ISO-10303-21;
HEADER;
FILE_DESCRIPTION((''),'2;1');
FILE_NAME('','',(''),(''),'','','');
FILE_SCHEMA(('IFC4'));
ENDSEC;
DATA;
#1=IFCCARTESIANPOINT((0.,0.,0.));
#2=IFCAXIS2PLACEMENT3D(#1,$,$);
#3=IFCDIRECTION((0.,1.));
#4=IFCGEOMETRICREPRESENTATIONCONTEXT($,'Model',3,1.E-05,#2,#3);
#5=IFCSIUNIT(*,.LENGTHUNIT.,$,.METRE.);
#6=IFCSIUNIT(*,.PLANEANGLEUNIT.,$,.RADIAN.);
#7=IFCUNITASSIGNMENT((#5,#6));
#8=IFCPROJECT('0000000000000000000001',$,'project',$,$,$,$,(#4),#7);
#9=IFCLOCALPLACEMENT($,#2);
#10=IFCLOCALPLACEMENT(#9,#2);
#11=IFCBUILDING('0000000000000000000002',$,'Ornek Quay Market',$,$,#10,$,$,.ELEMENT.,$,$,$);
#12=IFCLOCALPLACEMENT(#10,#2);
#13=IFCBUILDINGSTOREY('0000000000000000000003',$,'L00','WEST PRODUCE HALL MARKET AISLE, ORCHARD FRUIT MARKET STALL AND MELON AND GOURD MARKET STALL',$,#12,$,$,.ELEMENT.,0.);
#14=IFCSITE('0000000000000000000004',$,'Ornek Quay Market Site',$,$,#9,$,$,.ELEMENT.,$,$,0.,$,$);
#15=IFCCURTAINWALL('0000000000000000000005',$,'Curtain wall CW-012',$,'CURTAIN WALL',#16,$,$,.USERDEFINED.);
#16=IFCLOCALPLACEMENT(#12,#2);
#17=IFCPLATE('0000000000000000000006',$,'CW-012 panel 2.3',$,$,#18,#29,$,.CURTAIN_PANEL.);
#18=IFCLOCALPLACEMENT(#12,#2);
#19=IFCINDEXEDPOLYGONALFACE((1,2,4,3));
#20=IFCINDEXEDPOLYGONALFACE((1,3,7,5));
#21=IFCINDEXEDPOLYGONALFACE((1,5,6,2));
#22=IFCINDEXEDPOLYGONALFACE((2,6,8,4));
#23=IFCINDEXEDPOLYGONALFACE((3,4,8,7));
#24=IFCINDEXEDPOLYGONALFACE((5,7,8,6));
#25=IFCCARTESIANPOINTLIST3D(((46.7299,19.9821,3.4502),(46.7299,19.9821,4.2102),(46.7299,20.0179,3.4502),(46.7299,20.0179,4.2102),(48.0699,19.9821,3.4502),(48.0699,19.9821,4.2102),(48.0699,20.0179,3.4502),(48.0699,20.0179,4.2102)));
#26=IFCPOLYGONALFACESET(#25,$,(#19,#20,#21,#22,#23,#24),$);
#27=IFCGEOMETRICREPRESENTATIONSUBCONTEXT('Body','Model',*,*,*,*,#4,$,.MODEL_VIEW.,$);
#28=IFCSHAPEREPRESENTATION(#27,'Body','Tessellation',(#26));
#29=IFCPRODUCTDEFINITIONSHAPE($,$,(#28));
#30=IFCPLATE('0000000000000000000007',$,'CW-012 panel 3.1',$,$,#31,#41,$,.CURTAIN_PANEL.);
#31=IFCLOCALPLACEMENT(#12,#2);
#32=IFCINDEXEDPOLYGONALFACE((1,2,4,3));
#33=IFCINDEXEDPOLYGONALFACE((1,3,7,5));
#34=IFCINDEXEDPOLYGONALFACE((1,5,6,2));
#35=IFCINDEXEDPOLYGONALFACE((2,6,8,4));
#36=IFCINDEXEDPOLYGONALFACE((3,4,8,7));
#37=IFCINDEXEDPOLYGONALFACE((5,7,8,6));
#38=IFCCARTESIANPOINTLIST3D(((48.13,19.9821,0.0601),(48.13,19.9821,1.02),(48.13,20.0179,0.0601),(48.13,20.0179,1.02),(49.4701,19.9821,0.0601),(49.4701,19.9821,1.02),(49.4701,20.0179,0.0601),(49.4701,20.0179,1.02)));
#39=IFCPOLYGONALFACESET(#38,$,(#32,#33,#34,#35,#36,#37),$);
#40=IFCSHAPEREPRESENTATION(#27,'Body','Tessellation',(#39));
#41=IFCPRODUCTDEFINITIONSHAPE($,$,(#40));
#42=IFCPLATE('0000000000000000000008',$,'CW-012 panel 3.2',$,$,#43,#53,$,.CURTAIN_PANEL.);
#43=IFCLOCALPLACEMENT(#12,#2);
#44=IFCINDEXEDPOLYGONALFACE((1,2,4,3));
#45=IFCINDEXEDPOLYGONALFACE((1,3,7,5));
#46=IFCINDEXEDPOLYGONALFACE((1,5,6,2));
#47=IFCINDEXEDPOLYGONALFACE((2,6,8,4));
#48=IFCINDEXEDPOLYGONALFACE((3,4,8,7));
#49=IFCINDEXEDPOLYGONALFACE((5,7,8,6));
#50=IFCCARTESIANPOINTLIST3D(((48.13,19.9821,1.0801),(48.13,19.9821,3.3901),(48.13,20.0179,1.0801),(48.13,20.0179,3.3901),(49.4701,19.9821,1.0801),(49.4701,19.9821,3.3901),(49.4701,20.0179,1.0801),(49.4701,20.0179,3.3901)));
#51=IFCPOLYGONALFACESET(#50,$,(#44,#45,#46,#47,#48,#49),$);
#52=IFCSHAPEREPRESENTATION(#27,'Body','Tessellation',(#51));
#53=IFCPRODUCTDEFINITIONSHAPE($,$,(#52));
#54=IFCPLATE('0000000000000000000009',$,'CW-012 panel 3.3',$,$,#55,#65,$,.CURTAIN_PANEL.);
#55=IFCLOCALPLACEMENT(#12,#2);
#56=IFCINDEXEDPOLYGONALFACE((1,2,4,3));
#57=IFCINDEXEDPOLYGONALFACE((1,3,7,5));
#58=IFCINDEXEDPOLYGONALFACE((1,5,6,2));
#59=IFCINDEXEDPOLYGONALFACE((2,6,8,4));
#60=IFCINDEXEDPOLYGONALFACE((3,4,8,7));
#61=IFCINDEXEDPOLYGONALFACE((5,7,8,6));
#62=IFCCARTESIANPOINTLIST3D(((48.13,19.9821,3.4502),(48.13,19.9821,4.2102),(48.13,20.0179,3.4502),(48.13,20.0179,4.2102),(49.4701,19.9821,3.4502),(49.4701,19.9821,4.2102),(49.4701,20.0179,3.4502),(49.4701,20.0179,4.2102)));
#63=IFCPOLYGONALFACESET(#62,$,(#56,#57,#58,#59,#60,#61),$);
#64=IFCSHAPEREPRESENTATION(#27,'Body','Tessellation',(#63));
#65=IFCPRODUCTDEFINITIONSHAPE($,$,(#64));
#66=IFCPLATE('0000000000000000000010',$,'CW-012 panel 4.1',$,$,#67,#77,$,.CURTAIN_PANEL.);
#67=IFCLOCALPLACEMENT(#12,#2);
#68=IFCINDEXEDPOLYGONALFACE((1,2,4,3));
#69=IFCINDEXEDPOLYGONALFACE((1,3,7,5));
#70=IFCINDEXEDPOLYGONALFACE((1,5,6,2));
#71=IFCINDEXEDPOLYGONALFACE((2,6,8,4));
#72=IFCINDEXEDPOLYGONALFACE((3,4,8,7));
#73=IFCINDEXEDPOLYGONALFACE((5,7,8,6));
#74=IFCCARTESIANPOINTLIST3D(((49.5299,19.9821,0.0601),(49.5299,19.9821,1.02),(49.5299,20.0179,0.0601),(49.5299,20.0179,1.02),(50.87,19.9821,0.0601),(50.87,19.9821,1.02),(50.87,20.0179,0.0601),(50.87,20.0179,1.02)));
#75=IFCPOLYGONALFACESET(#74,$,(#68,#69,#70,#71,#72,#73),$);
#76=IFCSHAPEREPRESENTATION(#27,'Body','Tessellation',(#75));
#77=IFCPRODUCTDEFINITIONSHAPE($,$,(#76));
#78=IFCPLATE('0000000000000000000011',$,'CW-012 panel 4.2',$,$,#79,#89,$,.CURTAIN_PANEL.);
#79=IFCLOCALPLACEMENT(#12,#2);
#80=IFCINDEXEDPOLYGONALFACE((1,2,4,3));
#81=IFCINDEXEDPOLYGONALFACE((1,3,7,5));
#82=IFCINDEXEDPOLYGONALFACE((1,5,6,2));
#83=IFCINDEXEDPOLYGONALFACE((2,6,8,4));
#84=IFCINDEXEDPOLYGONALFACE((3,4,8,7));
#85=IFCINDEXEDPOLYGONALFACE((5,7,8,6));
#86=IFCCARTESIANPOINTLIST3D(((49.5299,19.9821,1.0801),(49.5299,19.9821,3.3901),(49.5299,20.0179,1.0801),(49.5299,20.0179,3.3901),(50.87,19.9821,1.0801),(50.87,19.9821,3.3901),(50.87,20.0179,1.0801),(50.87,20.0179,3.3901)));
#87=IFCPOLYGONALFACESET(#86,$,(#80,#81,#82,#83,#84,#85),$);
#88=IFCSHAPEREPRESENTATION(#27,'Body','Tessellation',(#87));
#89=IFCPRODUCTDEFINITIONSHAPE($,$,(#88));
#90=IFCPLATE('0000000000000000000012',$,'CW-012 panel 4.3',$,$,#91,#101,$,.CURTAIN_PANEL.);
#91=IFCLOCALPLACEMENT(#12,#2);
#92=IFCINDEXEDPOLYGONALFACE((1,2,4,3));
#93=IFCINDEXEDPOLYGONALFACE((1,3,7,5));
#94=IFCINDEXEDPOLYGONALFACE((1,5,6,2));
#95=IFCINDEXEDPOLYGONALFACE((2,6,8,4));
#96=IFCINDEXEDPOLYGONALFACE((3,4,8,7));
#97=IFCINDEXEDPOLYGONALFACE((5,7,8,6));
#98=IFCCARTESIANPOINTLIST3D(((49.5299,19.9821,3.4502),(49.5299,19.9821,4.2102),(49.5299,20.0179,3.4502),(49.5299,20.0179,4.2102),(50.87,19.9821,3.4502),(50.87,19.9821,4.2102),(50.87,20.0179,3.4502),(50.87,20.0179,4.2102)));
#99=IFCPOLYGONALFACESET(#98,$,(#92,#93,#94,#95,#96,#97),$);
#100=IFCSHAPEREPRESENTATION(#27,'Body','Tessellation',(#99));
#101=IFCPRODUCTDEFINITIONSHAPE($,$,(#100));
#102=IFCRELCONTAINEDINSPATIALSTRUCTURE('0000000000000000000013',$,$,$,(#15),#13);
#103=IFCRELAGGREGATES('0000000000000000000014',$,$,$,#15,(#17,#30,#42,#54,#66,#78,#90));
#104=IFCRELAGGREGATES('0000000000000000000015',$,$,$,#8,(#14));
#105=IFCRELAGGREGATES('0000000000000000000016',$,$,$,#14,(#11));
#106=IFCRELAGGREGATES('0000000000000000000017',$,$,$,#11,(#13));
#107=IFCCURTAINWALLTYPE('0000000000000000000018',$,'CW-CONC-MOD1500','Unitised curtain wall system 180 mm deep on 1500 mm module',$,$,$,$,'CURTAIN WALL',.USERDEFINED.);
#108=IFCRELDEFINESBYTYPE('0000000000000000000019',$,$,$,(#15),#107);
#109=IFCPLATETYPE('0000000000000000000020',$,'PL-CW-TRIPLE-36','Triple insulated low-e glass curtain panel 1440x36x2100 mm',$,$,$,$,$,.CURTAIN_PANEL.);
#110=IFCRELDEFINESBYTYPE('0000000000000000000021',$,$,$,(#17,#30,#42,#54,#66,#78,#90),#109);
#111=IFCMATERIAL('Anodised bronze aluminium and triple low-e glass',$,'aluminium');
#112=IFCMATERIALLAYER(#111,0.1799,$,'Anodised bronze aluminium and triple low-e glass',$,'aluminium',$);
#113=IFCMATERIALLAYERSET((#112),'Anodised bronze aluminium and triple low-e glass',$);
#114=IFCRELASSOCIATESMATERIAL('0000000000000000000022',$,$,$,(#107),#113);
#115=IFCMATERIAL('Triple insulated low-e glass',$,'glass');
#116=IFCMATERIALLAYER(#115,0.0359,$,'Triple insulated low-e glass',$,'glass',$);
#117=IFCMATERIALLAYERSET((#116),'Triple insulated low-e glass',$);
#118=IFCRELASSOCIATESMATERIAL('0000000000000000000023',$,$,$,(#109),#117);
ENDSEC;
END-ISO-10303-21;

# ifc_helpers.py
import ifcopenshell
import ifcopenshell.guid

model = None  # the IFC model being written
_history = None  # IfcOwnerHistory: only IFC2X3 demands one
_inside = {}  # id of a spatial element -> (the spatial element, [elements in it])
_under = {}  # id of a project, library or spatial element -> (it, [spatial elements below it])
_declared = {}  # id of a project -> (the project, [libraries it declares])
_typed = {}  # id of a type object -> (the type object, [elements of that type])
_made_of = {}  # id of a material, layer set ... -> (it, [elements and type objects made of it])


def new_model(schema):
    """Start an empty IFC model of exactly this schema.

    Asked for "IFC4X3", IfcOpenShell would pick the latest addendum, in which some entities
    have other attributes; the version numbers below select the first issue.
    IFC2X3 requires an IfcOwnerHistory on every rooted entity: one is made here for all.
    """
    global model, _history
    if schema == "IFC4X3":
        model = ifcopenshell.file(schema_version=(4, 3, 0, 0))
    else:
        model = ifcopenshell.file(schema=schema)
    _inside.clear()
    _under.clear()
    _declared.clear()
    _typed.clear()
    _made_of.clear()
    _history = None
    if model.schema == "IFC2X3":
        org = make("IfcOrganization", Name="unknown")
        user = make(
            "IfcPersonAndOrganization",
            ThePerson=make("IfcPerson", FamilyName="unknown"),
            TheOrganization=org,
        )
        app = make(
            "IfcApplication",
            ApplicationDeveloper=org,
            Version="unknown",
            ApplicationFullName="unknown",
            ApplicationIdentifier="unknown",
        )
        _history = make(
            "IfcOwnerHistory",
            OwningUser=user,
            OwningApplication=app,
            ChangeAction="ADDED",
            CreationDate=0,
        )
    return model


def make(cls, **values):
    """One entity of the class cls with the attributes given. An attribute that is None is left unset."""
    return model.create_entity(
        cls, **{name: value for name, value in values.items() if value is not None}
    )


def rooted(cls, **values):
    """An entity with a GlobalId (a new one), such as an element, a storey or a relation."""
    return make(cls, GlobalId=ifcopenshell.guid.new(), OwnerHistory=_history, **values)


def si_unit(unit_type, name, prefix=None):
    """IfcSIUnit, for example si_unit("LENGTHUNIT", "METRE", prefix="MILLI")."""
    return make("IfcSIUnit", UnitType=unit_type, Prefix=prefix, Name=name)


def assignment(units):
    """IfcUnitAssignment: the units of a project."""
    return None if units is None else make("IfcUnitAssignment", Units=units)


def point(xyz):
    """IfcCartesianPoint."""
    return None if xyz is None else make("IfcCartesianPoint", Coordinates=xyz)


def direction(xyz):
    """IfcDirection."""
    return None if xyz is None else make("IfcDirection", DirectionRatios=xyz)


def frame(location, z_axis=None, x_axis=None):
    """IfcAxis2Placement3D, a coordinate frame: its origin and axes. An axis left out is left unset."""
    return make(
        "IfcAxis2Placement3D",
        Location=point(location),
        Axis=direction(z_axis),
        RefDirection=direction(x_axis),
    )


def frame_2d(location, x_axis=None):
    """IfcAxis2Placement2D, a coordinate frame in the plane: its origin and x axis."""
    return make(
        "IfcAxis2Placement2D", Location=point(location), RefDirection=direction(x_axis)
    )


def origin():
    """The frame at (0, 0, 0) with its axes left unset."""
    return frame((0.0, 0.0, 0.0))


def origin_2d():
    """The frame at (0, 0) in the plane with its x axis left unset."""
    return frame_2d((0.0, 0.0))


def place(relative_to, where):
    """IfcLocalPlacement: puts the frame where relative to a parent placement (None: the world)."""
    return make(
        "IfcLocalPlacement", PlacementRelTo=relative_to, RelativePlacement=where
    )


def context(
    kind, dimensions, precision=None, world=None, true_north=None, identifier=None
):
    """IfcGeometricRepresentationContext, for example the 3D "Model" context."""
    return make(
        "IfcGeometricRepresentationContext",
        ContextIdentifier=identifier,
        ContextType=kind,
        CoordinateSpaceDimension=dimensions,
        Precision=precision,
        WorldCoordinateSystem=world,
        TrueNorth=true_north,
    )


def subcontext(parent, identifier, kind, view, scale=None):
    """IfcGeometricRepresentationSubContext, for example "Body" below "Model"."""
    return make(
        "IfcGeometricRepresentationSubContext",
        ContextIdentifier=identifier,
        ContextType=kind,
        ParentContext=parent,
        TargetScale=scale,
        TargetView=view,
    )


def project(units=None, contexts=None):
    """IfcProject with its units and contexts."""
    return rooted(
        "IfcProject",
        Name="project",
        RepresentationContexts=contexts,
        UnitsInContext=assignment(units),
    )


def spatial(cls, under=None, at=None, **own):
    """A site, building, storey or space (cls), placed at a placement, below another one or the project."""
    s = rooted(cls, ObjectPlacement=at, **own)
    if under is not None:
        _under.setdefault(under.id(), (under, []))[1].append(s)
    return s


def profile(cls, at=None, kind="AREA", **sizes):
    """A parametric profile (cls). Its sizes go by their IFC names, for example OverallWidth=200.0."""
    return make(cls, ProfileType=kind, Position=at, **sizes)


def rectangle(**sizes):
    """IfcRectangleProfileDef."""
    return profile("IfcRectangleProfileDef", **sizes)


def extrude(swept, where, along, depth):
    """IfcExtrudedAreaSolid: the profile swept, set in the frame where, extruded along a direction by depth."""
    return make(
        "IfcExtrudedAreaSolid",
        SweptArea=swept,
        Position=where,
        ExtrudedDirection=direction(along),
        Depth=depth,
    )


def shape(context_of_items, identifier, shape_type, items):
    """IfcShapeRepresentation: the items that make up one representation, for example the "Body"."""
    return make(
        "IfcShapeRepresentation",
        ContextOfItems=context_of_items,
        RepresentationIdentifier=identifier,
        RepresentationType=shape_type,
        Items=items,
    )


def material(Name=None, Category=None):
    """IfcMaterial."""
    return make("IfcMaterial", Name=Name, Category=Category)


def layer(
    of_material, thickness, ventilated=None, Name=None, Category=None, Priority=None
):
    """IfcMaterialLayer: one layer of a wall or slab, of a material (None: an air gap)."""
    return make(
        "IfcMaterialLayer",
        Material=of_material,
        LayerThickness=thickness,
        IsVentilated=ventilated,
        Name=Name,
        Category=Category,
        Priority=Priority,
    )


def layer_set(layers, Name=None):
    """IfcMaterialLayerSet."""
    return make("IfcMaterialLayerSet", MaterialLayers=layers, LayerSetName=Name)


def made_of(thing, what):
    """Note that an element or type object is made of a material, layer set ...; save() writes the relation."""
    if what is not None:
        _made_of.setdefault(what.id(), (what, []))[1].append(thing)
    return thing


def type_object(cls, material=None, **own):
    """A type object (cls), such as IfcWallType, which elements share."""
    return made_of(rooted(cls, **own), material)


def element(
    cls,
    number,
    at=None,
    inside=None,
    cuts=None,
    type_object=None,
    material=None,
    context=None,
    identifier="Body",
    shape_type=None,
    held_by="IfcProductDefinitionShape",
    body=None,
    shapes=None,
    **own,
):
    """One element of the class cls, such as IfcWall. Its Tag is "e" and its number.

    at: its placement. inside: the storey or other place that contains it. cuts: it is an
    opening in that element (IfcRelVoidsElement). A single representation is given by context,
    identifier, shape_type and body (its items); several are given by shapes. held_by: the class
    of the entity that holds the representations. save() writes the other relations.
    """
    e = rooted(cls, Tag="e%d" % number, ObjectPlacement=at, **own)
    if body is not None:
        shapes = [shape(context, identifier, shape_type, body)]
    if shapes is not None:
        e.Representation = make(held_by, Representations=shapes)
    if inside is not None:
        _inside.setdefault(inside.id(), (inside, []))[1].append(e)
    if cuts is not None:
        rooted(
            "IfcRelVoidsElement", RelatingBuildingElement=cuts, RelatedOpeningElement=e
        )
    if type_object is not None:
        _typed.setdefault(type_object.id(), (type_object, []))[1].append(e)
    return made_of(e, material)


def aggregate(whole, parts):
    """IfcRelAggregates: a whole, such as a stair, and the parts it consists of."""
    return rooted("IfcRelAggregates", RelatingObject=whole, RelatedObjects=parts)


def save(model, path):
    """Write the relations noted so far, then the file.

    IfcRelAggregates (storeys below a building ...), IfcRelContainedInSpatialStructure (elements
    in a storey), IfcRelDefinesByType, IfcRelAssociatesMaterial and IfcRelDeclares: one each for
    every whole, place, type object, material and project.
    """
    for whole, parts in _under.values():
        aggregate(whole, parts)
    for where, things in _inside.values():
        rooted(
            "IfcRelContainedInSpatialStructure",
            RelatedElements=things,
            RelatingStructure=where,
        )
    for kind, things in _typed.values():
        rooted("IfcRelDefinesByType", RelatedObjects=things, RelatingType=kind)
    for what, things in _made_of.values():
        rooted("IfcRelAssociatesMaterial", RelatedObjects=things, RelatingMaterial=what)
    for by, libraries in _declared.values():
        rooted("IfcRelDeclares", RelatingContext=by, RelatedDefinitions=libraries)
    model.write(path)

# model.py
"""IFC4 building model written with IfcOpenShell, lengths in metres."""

from ifc_helpers import new_model, si_unit, direction, frame, origin, origin_2d, place, context, subcontext, project, spatial, rectangle, extrude, material, layer, layer_set, type_object, element, aggregate, save


model = new_model("IFC4")

# Units and contexts
model_context = context("Model", 3, precision=1e-05, world=origin(), true_north=direction((0.0, 1.0)))
body_context = subcontext(model_context, "Body", "Model", "MODEL_VIEW")
ifc_project = project(units=[si_unit("LENGTHUNIT", "METRE"), si_unit("PLANEANGLEUNIT", "RADIAN")], contexts=[model_context])

# Site, building, storey
site_placement = place(None, origin())
site = spatial("IfcSite", under=ifc_project, at=site_placement, Name="Ornek Quay Market Site", CompositionType="ELEMENT", RefElevation=0.0)
building_placement = place(site_placement, origin())
building = spatial("IfcBuilding", under=site, at=building_placement, Name="Ornek Quay Market", CompositionType="ELEMENT")
storey_placement = place(building_placement, origin())
storey = spatial("IfcBuildingStorey", under=building, at=storey_placement, Name="L00", Description="WEST PRODUCE HALL MARKET AISLE, ORCHARD FRUIT MARKET STALL AND MELON AND GOURD MARKET STALL", CompositionType="ELEMENT", Elevation=0.0)

# Curtain wall, plates
ifc_material_1 = material(Name="Anodised bronze aluminium and triple low-e glass", Category="aluminium")
ifc_layer_1 = layer(ifc_material_1, 0.1799, Name="Anodised bronze aluminium and triple low-e glass", Category="aluminium")
ifc_layer_set_1 = layer_set([ifc_layer_1], Name="Anodised bronze aluminium and triple low-e glass")
curtain_wall_type = type_object("IfcCurtainWallType", Name="CW-CONC-MOD1500", Description="Unitised curtain wall system 180 mm deep on 1500 mm module", ElementType="CURTAIN WALL", PredefinedType="USERDEFINED", material=ifc_layer_set_1)
curtain_wall_placement = place(storey_placement, origin())
curtain_wall = element("IfcCurtainWall", 1, at=curtain_wall_placement, inside=storey, type_object=curtain_wall_type, Name="Curtain wall CW-012", ObjectType="CURTAIN WALL", PredefinedType="USERDEFINED")
ifc_material_2 = material(Name="Triple insulated low-e glass", Category="glass")
ifc_layer_2 = layer(ifc_material_2, 0.0359, Name="Triple insulated low-e glass", Category="glass")
ifc_layer_set_2 = layer_set([ifc_layer_2], Name="Triple insulated low-e glass")
plate_type = type_object("IfcPlateType", Name="PL-CW-TRIPLE-36", Description="Triple insulated low-e glass curtain panel 1440x36x2100 mm", PredefinedType="CURTAIN_PANEL", material=ifc_layer_set_2)
plate_1_placement = place(storey_placement, frame((47.3999, 20.0, 3.4502), z_axis=(0.0, 0.0, 1.0), x_axis=(1.0, 0.0, 0.0)))
plate_1 = element("IfcPlate", 2, at=plate_1_placement, type_object=plate_type, Name="CW-012 panel 2.3", PredefinedType="CURTAIN_PANEL", context=body_context, shape_type="SweptSolid", body=[
    extrude(rectangle(XDim=1.3401, YDim=0.0359, at=origin_2d()), origin(), (0.0, 0.0, 1.0), 0.76),
])
plate_2_placement = place(storey_placement, frame((48.8, 20.0, 0.0601), z_axis=(0.0, 0.0, 1.0), x_axis=(1.0, 0.0, 0.0)))
plate_2 = element("IfcPlate", 3, at=plate_2_placement, type_object=plate_type, Name="CW-012 panel 3.1", PredefinedType="CURTAIN_PANEL", context=body_context, shape_type="SweptSolid", body=[
    extrude(rectangle(XDim=1.3401, YDim=0.0359, at=origin_2d()), origin(), (0.0, 0.0, 1.0), 0.96),
])
plate_3_placement = place(storey_placement, frame((48.8, 20.0, 1.0801), z_axis=(0.0, 0.0, 1.0), x_axis=(1.0, 0.0, 0.0)))
plate_3 = element("IfcPlate", 4, at=plate_3_placement, type_object=plate_type, Name="CW-012 panel 3.2", PredefinedType="CURTAIN_PANEL", context=body_context, shape_type="SweptSolid", body=[
    extrude(rectangle(XDim=1.3401, YDim=0.0359, at=origin_2d()), origin(), (0.0, 0.0, 1.0), 2.3101),
])
plate_4_placement = place(storey_placement, frame((48.8, 20.0, 3.4502), z_axis=(0.0, 0.0, 1.0), x_axis=(1.0, 0.0, 0.0)))
plate_4 = element("IfcPlate", 5, at=plate_4_placement, type_object=plate_type, Name="CW-012 panel 3.3", PredefinedType="CURTAIN_PANEL", context=body_context, shape_type="SweptSolid", body=[
    extrude(rectangle(XDim=1.3401, YDim=0.0359, at=origin_2d()), origin(), (0.0, 0.0, 1.0), 0.76),
])
plate_5_placement = place(storey_placement, frame((50.2, 20.0, 0.0601), z_axis=(0.0, 0.0, 1.0), x_axis=(1.0, 0.0, 0.0)))
plate_5 = element("IfcPlate", 6, at=plate_5_placement, type_object=plate_type, Name="CW-012 panel 4.1", PredefinedType="CURTAIN_PANEL", context=body_context, shape_type="SweptSolid", body=[
    extrude(rectangle(XDim=1.3401, YDim=0.0359, at=origin_2d()), origin(), (0.0, 0.0, 1.0), 0.96),
])
plate_6_placement = place(storey_placement, frame((50.2, 20.0, 1.0801), z_axis=(0.0, 0.0, 1.0), x_axis=(1.0, 0.0, 0.0)))
plate_6 = element("IfcPlate", 7, at=plate_6_placement, type_object=plate_type, Name="CW-012 panel 4.2", PredefinedType="CURTAIN_PANEL", context=body_context, shape_type="SweptSolid", body=[
    extrude(rectangle(XDim=1.3401, YDim=0.0359, at=origin_2d()), origin(), (0.0, 0.0, 1.0), 2.3101),
])
plate_7_placement = place(storey_placement, frame((50.2, 20.0, 3.4502), z_axis=(0.0, 0.0, 1.0), x_axis=(1.0, 0.0, 0.0)))
plate_7 = element("IfcPlate", 8, at=plate_7_placement, type_object=plate_type, Name="CW-012 panel 4.3", PredefinedType="CURTAIN_PANEL", context=body_context, shape_type="SweptSolid", body=[
    extrude(rectangle(XDim=1.3401, YDim=0.0359, at=origin_2d()), origin(), (0.0, 0.0, 1.0), 0.76),
])
aggregate(curtain_wall, [plate_1, plate_2, plate_3, plate_4, plate_5, plate_6, plate_7])

save(model, "model.ifc")
